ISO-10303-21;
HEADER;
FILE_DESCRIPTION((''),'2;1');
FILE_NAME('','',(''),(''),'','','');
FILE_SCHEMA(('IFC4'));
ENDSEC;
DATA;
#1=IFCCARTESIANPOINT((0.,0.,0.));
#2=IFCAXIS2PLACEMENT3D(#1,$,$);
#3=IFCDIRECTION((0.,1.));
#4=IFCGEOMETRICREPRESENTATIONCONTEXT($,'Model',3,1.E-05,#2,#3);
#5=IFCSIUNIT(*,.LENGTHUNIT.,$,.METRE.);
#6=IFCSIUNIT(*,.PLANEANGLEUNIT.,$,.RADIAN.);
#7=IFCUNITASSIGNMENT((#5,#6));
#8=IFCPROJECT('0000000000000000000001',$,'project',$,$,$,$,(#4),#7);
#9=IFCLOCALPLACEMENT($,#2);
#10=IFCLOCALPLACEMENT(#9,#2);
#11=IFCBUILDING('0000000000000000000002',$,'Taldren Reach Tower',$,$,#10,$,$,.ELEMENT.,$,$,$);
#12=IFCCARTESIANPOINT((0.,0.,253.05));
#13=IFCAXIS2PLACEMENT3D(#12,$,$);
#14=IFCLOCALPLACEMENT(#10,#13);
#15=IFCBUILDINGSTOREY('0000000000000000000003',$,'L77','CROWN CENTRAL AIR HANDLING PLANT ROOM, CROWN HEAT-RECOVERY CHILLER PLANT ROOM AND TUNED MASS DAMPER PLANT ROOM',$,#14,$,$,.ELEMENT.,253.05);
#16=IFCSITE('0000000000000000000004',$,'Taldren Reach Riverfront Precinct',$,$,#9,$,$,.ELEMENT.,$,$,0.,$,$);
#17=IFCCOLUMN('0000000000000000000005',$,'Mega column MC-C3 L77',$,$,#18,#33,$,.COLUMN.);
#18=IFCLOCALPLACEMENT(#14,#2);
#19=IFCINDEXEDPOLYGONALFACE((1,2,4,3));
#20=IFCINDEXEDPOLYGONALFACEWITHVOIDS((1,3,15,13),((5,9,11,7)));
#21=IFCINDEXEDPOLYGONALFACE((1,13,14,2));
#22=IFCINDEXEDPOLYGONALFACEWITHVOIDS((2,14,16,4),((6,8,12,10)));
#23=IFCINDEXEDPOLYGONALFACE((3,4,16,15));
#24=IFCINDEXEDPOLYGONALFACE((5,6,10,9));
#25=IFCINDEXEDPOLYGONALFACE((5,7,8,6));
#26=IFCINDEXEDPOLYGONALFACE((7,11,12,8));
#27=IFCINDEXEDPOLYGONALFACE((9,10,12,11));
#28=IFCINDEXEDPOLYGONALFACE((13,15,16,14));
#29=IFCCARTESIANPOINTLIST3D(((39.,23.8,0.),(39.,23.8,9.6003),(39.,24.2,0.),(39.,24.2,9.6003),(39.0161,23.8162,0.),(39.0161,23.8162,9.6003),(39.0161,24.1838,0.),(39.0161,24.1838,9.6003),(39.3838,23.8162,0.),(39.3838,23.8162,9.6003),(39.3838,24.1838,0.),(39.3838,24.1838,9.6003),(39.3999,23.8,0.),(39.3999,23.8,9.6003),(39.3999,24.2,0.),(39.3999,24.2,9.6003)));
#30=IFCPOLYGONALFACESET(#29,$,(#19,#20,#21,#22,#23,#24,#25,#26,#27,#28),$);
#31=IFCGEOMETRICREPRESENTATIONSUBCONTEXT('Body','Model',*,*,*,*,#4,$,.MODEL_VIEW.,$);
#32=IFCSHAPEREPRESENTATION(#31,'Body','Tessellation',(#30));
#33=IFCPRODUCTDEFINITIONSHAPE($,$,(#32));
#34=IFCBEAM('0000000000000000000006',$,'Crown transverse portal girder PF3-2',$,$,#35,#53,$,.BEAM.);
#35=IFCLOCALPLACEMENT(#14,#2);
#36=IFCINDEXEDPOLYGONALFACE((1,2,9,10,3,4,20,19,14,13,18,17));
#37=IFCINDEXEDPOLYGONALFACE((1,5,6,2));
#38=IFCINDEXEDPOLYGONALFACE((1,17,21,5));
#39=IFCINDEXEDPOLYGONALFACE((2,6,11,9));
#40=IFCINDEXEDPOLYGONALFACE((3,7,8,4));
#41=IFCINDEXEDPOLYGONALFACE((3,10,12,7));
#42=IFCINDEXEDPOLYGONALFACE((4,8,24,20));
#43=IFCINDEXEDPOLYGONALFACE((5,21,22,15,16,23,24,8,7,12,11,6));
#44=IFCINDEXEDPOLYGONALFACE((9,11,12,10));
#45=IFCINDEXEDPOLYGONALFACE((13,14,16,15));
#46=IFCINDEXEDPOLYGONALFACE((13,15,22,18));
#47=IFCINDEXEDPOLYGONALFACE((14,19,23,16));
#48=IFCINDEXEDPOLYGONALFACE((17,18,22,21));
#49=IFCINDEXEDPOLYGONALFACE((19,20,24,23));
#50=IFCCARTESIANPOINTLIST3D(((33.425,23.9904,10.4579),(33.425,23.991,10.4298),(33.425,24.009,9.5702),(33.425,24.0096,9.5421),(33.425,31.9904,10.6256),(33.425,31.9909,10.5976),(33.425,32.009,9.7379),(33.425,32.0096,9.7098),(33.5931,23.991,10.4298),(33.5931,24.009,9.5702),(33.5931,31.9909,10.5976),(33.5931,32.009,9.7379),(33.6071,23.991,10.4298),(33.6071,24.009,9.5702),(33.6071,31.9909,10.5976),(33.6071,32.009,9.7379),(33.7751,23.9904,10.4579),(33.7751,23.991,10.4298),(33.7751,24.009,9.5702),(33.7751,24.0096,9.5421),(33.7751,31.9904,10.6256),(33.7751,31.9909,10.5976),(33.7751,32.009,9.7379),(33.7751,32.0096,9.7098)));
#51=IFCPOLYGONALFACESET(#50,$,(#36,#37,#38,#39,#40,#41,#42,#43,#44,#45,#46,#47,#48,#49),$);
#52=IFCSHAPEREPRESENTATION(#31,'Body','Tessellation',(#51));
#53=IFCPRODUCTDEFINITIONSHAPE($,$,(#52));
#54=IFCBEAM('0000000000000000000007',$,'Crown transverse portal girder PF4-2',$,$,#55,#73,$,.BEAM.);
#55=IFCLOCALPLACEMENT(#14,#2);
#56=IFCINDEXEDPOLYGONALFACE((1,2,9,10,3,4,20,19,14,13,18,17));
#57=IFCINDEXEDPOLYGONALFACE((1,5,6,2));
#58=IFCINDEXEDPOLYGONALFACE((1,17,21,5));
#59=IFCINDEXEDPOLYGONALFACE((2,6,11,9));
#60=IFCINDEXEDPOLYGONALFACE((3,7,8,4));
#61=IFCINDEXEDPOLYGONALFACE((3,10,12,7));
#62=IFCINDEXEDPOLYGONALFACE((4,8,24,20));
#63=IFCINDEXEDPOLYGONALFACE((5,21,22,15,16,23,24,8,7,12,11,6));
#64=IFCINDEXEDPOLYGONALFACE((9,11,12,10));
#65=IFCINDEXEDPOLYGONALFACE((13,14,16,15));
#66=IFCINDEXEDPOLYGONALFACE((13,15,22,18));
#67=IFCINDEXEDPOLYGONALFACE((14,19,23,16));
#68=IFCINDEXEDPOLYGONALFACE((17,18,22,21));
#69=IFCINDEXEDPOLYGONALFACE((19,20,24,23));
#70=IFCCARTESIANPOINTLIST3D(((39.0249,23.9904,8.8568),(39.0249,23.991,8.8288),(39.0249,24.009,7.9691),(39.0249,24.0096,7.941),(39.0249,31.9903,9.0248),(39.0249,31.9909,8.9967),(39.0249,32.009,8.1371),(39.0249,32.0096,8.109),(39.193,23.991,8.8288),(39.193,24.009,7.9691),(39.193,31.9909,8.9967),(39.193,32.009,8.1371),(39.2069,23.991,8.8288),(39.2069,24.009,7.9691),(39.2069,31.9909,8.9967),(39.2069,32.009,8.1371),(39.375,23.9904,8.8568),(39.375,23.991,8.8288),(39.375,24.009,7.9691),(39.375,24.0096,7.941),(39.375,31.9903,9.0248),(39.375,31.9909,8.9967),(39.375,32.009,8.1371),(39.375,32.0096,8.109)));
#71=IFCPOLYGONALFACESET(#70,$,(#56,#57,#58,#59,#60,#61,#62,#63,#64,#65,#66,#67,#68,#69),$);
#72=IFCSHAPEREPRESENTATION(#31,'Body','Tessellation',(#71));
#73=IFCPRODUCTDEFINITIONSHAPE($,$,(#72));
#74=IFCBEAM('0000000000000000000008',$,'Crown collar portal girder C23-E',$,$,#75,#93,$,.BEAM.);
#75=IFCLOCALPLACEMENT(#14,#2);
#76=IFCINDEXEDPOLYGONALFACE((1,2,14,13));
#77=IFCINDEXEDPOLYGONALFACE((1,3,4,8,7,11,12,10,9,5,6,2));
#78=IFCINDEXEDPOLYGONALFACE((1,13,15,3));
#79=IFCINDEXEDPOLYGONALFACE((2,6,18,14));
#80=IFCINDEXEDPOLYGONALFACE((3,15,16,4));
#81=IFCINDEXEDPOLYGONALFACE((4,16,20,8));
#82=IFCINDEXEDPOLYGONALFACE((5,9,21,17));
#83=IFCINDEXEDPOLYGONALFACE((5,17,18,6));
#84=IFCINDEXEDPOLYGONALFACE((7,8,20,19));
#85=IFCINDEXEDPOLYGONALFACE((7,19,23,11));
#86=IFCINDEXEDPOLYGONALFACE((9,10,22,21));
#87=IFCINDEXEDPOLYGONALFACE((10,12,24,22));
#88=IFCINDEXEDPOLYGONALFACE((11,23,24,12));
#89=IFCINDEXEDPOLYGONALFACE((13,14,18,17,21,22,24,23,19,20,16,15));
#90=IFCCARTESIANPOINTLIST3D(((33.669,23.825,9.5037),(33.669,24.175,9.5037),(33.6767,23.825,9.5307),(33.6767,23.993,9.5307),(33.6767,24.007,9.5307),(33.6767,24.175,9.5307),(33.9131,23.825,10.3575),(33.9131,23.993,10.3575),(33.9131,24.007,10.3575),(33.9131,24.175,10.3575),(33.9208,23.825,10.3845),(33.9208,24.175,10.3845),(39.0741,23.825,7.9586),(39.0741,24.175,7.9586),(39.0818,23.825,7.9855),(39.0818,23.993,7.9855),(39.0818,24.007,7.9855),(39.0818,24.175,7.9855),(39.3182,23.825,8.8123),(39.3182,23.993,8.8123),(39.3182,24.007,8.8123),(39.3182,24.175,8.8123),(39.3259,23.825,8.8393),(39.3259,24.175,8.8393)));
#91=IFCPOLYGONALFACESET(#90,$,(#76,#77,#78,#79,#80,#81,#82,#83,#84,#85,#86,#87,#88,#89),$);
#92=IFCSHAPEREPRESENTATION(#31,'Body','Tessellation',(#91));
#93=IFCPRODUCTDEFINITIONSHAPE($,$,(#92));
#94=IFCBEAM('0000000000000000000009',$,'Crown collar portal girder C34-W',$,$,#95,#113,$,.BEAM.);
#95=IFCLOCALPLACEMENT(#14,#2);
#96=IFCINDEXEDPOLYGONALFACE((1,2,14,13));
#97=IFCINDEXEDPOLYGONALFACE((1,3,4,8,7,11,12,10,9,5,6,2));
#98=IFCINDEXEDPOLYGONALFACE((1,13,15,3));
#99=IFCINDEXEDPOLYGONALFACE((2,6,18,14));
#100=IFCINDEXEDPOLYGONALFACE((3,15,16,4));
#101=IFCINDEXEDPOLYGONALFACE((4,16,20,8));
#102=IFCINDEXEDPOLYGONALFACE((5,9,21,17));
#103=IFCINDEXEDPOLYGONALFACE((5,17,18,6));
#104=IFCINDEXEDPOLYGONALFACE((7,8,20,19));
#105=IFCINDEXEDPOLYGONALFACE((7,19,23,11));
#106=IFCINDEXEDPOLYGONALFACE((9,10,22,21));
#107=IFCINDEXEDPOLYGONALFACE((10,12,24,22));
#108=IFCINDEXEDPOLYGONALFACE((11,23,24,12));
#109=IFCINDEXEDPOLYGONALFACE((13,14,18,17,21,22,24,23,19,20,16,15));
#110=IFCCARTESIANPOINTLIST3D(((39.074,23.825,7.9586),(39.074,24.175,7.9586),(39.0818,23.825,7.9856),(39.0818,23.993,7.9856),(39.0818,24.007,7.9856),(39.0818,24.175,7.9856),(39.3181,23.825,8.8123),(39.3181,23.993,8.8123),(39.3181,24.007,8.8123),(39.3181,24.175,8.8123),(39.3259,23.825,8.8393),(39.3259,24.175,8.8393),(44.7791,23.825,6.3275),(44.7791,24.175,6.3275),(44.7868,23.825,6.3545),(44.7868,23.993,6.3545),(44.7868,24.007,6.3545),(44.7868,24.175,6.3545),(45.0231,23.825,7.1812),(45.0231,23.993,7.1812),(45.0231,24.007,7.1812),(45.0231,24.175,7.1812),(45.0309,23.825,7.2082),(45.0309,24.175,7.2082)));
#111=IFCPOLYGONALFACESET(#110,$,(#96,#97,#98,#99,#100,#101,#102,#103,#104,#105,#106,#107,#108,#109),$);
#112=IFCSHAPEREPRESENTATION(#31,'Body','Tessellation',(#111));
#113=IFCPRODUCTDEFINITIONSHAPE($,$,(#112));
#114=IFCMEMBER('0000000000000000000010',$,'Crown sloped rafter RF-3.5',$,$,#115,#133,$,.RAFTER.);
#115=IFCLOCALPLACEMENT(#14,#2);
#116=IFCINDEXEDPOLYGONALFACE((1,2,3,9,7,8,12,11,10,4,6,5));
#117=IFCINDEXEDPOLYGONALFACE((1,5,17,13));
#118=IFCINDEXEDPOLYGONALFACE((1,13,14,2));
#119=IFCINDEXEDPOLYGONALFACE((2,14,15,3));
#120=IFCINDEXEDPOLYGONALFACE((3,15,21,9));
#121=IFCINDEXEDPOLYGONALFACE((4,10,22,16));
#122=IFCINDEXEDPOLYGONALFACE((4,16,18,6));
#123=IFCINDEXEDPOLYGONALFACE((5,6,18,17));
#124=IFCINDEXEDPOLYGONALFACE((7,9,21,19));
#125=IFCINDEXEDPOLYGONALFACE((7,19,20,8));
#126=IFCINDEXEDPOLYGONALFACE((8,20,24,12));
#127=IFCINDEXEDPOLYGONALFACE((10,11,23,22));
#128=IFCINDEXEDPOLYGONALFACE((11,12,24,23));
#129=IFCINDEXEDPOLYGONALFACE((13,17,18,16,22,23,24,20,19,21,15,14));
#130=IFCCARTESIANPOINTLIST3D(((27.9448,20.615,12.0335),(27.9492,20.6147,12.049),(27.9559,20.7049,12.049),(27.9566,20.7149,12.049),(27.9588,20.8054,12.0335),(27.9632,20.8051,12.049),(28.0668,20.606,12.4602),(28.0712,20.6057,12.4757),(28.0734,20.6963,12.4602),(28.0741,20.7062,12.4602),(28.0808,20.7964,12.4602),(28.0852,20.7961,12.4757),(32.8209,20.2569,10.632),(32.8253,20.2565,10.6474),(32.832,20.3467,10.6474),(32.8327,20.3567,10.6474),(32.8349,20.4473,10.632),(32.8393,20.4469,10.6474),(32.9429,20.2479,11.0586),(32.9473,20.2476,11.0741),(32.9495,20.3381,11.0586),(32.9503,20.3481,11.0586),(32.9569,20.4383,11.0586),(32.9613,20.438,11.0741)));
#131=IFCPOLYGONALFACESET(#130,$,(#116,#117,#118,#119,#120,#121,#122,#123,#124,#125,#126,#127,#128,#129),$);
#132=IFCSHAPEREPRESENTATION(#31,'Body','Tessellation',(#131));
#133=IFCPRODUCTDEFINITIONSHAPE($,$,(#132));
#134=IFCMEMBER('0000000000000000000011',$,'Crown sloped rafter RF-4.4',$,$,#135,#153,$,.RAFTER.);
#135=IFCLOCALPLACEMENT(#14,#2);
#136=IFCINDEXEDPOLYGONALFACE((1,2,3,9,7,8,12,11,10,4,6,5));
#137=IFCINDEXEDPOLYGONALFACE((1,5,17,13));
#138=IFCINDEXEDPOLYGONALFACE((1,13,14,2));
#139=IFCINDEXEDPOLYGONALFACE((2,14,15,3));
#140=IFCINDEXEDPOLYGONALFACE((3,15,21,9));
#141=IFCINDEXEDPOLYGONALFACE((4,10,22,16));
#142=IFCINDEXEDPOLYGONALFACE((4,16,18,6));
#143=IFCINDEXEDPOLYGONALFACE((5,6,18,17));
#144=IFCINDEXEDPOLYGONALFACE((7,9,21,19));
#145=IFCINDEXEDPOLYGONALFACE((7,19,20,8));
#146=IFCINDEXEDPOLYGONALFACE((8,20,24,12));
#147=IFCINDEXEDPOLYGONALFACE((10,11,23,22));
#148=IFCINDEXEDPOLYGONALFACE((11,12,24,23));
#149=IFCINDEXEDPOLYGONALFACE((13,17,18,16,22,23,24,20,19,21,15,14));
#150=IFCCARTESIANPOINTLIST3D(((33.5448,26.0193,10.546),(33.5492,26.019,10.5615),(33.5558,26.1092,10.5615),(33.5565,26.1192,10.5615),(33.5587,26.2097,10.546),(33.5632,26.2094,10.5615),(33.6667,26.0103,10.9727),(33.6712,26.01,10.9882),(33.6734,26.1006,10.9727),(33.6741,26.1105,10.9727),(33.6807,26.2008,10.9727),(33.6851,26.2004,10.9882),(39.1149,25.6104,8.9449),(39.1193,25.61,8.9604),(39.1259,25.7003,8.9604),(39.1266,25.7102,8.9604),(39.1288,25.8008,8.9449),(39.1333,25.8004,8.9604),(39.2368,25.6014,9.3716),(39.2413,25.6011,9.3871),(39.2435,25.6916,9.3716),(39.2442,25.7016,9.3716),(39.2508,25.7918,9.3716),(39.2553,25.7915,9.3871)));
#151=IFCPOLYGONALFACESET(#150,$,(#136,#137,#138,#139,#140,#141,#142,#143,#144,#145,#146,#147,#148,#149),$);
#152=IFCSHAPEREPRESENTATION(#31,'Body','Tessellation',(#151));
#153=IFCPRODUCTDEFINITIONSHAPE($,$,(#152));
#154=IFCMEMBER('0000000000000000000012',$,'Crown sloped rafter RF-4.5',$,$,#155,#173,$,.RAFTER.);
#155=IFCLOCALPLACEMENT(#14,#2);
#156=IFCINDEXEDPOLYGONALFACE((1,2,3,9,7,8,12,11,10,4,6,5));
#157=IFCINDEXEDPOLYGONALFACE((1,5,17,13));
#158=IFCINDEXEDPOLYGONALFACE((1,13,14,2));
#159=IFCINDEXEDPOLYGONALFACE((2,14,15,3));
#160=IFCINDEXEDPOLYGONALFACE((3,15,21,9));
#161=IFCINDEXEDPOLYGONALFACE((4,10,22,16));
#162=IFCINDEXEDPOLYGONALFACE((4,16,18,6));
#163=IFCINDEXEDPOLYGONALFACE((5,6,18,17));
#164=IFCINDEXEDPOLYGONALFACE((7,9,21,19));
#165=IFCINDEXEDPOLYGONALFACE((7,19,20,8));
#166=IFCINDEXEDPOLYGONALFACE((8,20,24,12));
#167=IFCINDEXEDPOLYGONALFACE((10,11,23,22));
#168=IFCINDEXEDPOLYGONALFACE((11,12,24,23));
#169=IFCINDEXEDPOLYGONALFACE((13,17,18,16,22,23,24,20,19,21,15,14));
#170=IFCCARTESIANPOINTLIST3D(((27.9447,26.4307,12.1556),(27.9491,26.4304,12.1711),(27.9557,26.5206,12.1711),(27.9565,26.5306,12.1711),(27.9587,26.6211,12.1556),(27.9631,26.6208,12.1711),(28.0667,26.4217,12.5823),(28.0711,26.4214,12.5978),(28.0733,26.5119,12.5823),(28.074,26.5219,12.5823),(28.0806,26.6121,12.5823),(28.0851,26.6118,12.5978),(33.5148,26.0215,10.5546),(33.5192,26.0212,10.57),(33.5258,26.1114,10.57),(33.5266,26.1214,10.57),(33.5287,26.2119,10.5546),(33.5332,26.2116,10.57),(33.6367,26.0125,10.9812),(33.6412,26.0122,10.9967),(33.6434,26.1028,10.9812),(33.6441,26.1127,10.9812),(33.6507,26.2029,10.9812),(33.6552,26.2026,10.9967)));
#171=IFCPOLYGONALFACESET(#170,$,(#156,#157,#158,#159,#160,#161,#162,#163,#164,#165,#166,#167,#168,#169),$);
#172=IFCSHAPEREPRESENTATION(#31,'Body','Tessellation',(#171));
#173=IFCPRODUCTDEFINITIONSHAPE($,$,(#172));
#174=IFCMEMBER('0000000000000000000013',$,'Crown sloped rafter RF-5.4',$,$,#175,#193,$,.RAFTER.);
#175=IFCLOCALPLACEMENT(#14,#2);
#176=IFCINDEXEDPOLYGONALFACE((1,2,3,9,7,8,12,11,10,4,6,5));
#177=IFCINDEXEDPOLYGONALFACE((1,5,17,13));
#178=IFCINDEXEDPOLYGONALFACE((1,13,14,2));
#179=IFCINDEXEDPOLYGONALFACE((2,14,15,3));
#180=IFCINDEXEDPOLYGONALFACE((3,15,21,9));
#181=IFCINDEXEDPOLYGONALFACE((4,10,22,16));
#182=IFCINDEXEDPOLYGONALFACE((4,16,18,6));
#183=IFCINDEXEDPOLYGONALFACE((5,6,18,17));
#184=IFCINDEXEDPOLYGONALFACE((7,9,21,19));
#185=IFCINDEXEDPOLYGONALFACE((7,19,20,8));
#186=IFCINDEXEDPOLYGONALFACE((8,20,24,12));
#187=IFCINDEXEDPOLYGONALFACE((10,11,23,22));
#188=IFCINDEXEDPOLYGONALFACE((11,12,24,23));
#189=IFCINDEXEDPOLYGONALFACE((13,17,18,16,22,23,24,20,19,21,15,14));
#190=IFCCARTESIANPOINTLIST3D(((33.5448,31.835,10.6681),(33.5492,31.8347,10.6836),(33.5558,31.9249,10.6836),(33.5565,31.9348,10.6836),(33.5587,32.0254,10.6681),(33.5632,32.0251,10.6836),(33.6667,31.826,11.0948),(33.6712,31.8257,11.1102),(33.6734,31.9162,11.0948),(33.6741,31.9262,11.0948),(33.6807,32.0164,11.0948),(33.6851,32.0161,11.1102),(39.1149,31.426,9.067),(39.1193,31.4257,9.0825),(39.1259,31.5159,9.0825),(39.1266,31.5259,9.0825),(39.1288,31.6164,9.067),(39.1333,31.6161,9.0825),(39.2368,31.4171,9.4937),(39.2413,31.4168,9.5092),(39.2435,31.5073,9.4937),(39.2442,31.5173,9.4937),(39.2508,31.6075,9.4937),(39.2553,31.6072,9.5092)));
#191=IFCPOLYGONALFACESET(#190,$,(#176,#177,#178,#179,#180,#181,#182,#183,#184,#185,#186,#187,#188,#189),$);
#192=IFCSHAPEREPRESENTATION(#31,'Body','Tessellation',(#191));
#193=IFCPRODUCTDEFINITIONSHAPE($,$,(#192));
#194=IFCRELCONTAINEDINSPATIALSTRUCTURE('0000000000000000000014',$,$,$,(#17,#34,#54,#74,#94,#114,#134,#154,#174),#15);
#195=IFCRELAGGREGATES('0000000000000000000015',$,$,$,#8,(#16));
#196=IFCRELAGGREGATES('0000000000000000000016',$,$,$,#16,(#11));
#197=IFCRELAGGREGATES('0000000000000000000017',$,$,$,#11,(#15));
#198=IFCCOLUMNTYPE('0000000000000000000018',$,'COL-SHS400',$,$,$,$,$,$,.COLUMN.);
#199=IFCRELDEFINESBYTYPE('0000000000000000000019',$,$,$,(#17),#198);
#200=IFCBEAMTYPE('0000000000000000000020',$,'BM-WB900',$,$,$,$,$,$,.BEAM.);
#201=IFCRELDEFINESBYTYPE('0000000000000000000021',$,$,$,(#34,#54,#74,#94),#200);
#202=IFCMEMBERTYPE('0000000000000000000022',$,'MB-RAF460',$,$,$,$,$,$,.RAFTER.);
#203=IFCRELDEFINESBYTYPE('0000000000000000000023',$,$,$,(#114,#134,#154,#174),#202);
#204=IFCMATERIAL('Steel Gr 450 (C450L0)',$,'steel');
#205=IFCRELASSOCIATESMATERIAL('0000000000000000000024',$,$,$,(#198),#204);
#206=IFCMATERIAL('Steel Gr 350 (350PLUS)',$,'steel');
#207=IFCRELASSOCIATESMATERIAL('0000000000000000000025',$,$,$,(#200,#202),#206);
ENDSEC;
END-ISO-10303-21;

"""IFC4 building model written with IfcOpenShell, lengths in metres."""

from ifc_helpers import new_model, si_unit, direction, frame, origin, origin_2d, place, context, subcontext, project, spatial, hollow_rectangle, i_section, extrude, source, transform, mapped, material, material_profile, profile_set, type_object, element, save


model = new_model("IFC4")

# Units and contexts
model_context = context("Model", 3, precision=1e-05, world=origin(), true_north=direction((0.0, 1.0)))
body_context = subcontext(model_context, "Body", "Model", "MODEL_VIEW")
ifc_project = project(units=[si_unit("LENGTHUNIT", "METRE"), si_unit("PLANEANGLEUNIT", "RADIAN")], contexts=[model_context])

# Site, building, storey
site_placement = place(None, origin())
site = spatial("IfcSite", under=ifc_project, at=site_placement, Name="Taldren Reach Riverfront Precinct", CompositionType="ELEMENT", RefElevation=0.0)
building_placement = place(site_placement, origin())
building = spatial("IfcBuilding", under=site, at=building_placement, Name="Taldren Reach Tower", CompositionType="ELEMENT")
storey_placement = place(building_placement, frame((0.0, 0.0, 253.05)))
storey = spatial("IfcBuildingStorey", under=building, at=storey_placement, Name="L77", Description="CROWN CENTRAL AIR HANDLING PLANT ROOM, CROWN HEAT-RECOVERY CHILLER PLANT ROOM AND TUNED MASS DAMPER PLANT ROOM", CompositionType="ELEMENT", Elevation=253.05)

# Column
ifc_material_1 = material(Name="Steel Gr 450 (C450L0)", Category="steel")
ifc_material_profile_1 = material_profile(ifc_material_1, hollow_rectangle(XDim=0.3999, YDim=0.3999, WallThickness=0.0161, at=origin_2d()), Name="400x400x16.0SHS")
ifc_profile_set_1 = profile_set([ifc_material_profile_1], Name="Steel Gr 450 (C450L0)")
column_type = type_object("IfcColumnType", Name="COL-SHS400", PredefinedType="COLUMN", material=ifc_profile_set_1)
shared_shape_1 = source(origin(), body_context, "Body", "SweptSolid", [
    extrude(hollow_rectangle(XDim=0.3999, YDim=0.3999, WallThickness=0.0161, at=origin_2d()), origin(), (0.0, 0.0, 1.0), 9.6003),
])
column_placement = place(storey_placement, frame((39.2, 24.0, 0.0), z_axis=(0.0, 0.0, 1.0), x_axis=(1.0, 0.0, 0.0)))
element("IfcColumn", 1, at=column_placement, inside=storey, type_object=column_type, Name="Mega column MC-C3 L77", PredefinedType="COLUMN", context=body_context, shape_type="MappedRepresentation", body=[
    mapped(shared_shape_1, transform((0.0, 0.0, 0.0), scale=1.0)),
])

# Beams
ifc_material_2 = material(Name="Steel Gr 350 (350PLUS)", Category="steel")
ifc_material_profile_2 = material_profile(ifc_material_2, i_section(OverallWidth=0.3501, OverallDepth=0.916, WebThickness=0.0139, FlangeThickness=0.0281, at=origin_2d()), Name="900WB257")
ifc_profile_set_2 = profile_set([ifc_material_profile_2], Name="Steel Gr 350 (350PLUS)")
beam_type_1 = type_object("IfcBeamType", Name="BM-WB900", PredefinedType="BEAM", material=ifc_profile_set_2)
shared_shape_2 = source(origin(), body_context, "Body", "SweptSolid", [
    extrude(i_section(OverallWidth=0.3501, OverallDepth=0.916, WebThickness=0.0139, FlangeThickness=0.0281, at=origin_2d()), origin(), (0.0, 0.0, 1.0), 8.0017),
])
for number, where, z_axis, x_axis, name in (
    (2, (33.6001, 24.0, 10.0), (0.0, 0.99978, 0.020961), (-1.0, 0.0, 0.0), "Crown transverse portal girder PF3-2"),
    (3, (39.2, 24.0, 8.3989), (0.0, 0.99978, 0.020991), (-1.0, 0.0, 0.0), "Crown transverse portal girder PF4-2"),
):
    element("IfcBeam", number, at=place(storey_placement, frame(where, z_axis=z_axis, x_axis=x_axis)), inside=storey, type_object=beam_type_1, Name=name, PredefinedType="BEAM", context=body_context, shape_type="MappedRepresentation", body=[
        mapped(shared_shape_2, transform((0.0, 0.0, 0.0), scale=1.0)),
    ])
shared_shape_3 = source(origin(), body_context, "Body", "SweptSolid", [
    extrude(i_section(OverallWidth=0.3501, OverallDepth=0.916, WebThickness=0.0139, FlangeThickness=0.0281, at=origin_2d()), origin(), (0.0, 0.0, 1.0), 5.6216),
])
beam_1_placement = place(storey_placement, frame((33.7949, 24.0, 9.9441), z_axis=(0.961483, 0.0, -0.274865), x_axis=(0.0, 1.0, 0.0)))
element("IfcBeam", 4, at=beam_1_placement, inside=storey, type_object=beam_type_1, Name="Crown collar portal girder C23-E", PredefinedType="BEAM", context=body_context, shape_type="MappedRepresentation", body=[
    mapped(shared_shape_3, transform((0.0, 0.0, 0.0), scale=1.0)),
])
shared_shape_4 = source(origin(), body_context, "Body", "SweptSolid", [
    extrude(i_section(OverallWidth=0.3501, OverallDepth=0.916, WebThickness=0.0139, FlangeThickness=0.0281, at=origin_2d()), origin(), (0.0, 0.0, 1.0), 5.9336),
])
beam_2_placement = place(storey_placement, frame((39.2, 24.0, 8.3989), z_axis=(0.961476, 0.0, -0.27489), x_axis=(0.0, 1.0, 0.0)))
element("IfcBeam", 5, at=beam_2_placement, inside=storey, type_object=beam_type_1, Name="Crown collar portal girder C34-W", PredefinedType="BEAM", context=body_context, shape_type="MappedRepresentation", body=[
    mapped(shared_shape_4, transform((0.0, 0.0, 0.0), scale=1.0)),
])

# Members
ifc_material_profile_3 = material_profile(ifc_material_2, i_section(OverallWidth=0.1909, OverallDepth=0.46, WebThickness=0.01, FlangeThickness=0.0161, at=origin_2d()), Name="460UB82.1")
ifc_profile_set_3 = profile_set([ifc_material_profile_3], Name="Steel Gr 350 (350PLUS)")
member_type_1 = type_object("IfcMemberType", Name="MB-RAF460", PredefinedType="RAFTER", material=ifc_profile_set_3)
shared_shape_5 = source(origin(), body_context, "Body", "SweptSolid", [
    extrude(i_section(OverallWidth=0.1909, OverallDepth=0.46, WebThickness=0.01, FlangeThickness=0.0161, at=origin_2d()), origin(), (0.0, 0.0, 1.0), 5.0862),
])
member_1_placement = place(storey_placement, frame((32.8911, 20.3474, 10.853), z_axis=(-0.958699, 0.070416, 0.275567), x_axis=(-0.073252, -0.997313, 0.0)))
element("IfcMember", 6, at=member_1_placement, inside=storey, type_object=member_type_1, Name="Crown sloped rafter RF-3.5", PredefinedType="RAFTER", context=body_context, shape_type="MappedRepresentation", body=[
    mapped(shared_shape_5, transform((0.0, 0.0, 0.0), scale=1.0)),
])
shared_shape_6 = source(origin(), body_context, "Body", "SweptSolid", [
    extrude(i_section(OverallWidth=0.1909, OverallDepth=0.46, WebThickness=0.01, FlangeThickness=0.0161, at=origin_2d()), origin(), (0.0, 0.0, 1.0), 5.8101),
])
for number, where, z_axis, x_axis, name in (
    (7, (39.1851, 25.7009, 9.166), (-0.9587, 0.070385, 0.275571), (-0.07322, -0.997316, 0.0), "Crown sloped rafter RF-4.4"),
    (8, (33.585, 26.1121, 10.7756), (-0.958698, 0.070426, 0.27557), (-0.073263, -0.997313, 0.0), "Crown sloped rafter RF-4.5"),
    (9, (39.1851, 31.5166, 9.2881), (-0.9587, 0.070385, 0.275571), (-0.07322, -0.997316, 0.0), "Crown sloped rafter RF-5.4"),
):
    element("IfcMember", number, at=place(storey_placement, frame(where, z_axis=z_axis, x_axis=x_axis)), inside=storey, type_object=member_type_1, Name=name, PredefinedType="RAFTER", context=body_context, shape_type="MappedRepresentation", body=[
        mapped(shared_shape_6, transform((0.0, 0.0, 0.0), scale=1.0)),
    ])

save(model, "model.ifc")
